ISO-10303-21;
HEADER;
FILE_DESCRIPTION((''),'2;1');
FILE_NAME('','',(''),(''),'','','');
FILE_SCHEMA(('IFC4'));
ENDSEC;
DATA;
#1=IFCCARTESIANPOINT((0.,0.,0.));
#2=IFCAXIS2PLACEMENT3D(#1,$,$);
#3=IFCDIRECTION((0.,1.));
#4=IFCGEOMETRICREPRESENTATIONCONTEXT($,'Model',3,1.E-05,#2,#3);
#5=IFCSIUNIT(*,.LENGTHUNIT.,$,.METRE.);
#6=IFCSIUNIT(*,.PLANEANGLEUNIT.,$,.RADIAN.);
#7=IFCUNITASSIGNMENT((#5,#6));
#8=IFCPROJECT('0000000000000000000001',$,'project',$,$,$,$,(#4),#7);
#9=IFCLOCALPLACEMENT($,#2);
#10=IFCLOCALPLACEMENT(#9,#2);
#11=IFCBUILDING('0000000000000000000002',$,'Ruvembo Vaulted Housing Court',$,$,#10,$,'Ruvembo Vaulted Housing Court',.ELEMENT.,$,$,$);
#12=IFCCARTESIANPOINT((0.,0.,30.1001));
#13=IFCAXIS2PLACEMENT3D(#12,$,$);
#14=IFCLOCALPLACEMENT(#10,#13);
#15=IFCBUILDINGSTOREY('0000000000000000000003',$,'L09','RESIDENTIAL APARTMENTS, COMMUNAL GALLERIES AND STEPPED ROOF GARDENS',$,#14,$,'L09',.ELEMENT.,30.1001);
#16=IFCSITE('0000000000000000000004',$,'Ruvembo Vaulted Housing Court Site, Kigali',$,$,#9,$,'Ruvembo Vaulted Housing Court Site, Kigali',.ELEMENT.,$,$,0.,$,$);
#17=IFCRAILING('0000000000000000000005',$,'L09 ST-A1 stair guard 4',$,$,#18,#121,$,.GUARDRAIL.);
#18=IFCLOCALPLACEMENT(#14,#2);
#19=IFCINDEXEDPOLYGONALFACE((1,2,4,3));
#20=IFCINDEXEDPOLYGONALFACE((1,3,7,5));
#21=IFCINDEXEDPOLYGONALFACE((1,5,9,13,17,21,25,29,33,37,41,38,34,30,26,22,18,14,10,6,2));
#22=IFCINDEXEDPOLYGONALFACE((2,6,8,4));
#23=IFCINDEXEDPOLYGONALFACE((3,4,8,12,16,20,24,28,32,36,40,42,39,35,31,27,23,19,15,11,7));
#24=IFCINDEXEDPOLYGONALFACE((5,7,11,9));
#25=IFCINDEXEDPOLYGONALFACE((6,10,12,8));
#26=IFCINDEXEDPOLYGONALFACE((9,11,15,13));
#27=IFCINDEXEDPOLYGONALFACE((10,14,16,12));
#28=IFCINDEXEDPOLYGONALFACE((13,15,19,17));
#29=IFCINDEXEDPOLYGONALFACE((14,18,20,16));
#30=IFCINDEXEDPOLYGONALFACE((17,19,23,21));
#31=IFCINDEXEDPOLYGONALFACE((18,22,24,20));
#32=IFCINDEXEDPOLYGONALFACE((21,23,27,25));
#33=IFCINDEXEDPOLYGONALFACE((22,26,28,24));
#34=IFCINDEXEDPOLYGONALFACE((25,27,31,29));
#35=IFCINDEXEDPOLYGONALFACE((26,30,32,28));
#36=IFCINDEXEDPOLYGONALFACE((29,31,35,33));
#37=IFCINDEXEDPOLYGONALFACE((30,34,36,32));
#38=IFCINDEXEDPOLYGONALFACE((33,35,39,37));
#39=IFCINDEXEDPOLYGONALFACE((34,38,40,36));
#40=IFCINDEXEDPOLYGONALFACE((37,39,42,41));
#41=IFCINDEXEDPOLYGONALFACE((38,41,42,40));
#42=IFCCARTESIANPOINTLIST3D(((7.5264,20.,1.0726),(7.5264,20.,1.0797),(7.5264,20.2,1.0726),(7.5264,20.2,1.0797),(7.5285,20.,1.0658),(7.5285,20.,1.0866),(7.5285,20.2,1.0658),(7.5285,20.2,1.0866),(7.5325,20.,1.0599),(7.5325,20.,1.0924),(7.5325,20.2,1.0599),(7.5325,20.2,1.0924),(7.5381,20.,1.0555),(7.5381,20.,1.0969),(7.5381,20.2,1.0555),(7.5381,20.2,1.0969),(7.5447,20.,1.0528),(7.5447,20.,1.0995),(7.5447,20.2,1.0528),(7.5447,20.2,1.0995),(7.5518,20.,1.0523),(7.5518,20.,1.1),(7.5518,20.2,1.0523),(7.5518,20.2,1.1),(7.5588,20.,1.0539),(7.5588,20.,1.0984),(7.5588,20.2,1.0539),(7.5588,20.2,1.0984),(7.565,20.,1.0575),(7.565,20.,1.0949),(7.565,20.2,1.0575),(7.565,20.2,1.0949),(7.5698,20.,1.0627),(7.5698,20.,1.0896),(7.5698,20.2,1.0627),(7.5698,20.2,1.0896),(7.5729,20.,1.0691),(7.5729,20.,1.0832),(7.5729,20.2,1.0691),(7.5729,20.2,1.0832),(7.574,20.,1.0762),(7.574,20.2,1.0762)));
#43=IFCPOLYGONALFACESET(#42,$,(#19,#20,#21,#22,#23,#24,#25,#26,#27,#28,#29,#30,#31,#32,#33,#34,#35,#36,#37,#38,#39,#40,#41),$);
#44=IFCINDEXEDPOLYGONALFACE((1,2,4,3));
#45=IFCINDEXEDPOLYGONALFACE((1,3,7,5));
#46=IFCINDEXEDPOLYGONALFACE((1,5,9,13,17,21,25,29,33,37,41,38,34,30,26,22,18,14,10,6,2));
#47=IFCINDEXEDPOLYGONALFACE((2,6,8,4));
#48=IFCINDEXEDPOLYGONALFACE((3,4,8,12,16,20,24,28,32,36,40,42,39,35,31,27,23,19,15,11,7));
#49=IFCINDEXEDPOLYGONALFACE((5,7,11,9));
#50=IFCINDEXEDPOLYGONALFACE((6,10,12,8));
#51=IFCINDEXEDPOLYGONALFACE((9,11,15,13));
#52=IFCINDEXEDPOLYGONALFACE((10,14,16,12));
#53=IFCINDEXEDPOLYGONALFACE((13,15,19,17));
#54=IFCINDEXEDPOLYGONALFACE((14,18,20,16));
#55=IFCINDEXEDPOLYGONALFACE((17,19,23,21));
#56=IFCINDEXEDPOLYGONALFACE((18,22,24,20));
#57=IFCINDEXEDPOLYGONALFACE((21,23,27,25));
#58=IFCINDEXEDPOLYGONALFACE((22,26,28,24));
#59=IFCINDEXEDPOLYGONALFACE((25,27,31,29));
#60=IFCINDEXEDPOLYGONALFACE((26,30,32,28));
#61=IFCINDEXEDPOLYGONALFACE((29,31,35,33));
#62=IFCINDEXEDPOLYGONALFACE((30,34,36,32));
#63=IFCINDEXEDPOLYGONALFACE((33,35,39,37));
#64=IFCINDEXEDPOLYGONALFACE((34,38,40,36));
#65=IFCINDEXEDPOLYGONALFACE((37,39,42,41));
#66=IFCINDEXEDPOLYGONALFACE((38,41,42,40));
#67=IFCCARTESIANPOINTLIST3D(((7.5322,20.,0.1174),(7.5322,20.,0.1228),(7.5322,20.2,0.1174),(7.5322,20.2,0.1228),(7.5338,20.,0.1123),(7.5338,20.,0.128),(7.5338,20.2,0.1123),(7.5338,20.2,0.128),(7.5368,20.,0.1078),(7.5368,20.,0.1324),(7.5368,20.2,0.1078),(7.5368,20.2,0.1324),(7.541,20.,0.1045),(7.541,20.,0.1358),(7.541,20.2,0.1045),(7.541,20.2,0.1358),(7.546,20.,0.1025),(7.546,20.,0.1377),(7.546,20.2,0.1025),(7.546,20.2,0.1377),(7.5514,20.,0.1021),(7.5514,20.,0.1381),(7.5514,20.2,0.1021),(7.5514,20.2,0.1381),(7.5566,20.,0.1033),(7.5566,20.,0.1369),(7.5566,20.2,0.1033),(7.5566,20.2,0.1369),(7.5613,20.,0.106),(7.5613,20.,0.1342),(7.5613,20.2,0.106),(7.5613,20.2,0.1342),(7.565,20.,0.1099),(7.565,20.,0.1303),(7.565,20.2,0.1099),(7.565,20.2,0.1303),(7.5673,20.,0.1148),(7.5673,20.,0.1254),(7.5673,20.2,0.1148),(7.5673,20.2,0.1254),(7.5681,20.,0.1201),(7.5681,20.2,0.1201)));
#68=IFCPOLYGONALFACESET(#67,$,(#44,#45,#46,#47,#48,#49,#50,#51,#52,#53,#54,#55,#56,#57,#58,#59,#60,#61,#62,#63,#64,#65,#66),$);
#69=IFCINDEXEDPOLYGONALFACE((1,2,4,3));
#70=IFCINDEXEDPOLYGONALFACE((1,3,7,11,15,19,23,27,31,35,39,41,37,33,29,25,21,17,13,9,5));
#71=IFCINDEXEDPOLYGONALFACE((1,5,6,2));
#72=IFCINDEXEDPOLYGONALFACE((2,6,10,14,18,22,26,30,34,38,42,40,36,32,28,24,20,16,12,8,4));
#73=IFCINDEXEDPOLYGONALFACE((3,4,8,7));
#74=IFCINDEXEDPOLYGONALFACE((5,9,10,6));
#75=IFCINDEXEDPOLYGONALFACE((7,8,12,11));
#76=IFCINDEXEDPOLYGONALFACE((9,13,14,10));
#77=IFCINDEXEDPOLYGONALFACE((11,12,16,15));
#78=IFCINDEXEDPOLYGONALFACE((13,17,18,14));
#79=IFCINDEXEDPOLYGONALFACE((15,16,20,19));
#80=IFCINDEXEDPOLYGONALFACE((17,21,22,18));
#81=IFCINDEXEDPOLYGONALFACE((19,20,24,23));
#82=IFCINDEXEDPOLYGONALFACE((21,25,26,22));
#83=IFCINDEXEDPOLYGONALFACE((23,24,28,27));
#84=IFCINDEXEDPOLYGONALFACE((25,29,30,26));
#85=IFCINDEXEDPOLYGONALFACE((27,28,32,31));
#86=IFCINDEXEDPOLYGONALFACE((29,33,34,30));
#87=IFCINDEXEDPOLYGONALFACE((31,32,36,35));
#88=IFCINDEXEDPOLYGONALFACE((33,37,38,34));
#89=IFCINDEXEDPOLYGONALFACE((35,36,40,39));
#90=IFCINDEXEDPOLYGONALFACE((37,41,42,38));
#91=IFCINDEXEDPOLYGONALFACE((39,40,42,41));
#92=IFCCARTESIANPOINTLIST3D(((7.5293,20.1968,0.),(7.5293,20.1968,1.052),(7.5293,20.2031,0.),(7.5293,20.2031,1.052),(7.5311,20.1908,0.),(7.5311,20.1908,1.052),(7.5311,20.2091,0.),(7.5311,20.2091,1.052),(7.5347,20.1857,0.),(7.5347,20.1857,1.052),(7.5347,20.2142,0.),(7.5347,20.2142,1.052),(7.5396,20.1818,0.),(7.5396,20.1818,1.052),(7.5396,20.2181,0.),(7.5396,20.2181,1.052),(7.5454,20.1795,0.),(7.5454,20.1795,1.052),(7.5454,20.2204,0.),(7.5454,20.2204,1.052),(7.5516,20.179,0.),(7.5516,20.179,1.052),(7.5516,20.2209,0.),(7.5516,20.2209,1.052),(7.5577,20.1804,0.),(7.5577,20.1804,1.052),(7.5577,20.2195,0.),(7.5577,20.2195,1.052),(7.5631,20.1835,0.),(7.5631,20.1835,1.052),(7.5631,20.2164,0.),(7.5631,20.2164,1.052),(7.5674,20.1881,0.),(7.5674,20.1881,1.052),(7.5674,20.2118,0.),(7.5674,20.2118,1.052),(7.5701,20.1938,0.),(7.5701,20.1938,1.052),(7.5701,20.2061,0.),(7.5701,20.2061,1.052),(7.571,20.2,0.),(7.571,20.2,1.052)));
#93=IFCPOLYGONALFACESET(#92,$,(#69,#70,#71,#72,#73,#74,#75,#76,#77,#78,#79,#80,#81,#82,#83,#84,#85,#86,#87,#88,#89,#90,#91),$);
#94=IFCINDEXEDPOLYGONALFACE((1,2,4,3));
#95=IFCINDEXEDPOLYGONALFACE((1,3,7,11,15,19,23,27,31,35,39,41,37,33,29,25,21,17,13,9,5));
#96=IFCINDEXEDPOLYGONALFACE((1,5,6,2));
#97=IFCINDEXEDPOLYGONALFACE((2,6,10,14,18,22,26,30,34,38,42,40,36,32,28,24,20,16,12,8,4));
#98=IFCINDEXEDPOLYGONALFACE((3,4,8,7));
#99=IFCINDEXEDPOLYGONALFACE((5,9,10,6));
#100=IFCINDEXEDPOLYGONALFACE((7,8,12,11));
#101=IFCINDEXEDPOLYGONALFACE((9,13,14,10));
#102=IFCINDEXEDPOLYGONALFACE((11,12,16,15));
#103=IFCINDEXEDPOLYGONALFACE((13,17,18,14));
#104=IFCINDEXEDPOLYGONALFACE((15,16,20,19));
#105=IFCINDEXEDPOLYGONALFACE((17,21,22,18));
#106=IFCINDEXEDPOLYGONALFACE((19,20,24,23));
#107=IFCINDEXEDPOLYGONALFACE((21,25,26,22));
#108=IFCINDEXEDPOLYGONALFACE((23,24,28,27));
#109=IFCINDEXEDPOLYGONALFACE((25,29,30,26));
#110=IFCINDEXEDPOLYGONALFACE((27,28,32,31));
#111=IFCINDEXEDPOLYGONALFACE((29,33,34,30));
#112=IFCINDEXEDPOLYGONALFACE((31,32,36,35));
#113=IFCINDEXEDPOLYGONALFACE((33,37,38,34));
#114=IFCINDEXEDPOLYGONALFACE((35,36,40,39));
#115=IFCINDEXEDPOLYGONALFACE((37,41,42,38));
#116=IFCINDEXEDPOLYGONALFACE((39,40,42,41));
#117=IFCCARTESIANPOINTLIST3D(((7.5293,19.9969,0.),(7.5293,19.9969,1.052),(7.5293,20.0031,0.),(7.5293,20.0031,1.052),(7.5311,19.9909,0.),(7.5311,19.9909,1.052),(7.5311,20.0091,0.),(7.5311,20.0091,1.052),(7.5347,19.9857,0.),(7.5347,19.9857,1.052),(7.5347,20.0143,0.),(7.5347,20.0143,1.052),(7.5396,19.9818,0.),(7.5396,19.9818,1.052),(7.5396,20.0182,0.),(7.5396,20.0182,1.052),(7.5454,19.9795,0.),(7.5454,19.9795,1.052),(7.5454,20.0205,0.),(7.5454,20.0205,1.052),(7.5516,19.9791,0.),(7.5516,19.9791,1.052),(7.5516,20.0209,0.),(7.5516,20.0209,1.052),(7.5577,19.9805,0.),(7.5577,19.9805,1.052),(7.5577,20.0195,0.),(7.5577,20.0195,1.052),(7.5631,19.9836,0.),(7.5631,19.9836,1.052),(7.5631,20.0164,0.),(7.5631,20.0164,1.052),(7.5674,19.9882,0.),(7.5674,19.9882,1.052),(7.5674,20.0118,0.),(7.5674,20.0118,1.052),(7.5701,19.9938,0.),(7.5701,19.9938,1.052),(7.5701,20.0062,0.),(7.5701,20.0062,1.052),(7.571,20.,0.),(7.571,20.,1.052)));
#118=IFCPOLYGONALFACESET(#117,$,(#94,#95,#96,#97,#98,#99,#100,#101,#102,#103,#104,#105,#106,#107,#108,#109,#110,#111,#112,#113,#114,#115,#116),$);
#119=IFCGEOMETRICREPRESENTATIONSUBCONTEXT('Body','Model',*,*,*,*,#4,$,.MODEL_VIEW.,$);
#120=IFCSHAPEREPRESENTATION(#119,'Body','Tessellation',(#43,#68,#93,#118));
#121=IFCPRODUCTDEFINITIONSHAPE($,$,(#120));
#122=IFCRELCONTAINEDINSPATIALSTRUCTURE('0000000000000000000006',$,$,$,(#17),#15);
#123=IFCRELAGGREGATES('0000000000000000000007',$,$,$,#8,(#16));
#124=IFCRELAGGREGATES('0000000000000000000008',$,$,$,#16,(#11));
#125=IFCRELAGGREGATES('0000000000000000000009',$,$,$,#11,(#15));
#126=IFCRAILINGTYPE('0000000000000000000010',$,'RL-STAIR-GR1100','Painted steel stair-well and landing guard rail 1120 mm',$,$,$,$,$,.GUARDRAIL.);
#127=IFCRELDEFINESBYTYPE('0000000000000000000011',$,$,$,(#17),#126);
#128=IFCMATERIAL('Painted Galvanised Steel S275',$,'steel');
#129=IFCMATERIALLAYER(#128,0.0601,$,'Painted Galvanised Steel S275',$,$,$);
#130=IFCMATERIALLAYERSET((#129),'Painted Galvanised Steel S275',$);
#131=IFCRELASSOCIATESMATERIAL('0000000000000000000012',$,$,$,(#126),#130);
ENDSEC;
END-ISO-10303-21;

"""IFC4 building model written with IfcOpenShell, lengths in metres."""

from ifc_helpers import new_model, si_unit, direction, frame, origin, origin_2d, place, context, subcontext, project, spatial, circle, extrude, material, layer, layer_set, type_object, element, save


model = new_model("IFC4")

# Units and contexts
model_context = context("Model", 3, precision=1e-05, world=origin(), true_north=direction((0.0, 1.0)))
body_context = subcontext(model_context, "Body", "Model", "MODEL_VIEW")
ifc_project = project(units=[si_unit("LENGTHUNIT", "METRE"), si_unit("PLANEANGLEUNIT", "RADIAN")], contexts=[model_context])

# Site, building, storey
site_placement = place(None, origin())
site = spatial("IfcSite", under=ifc_project, at=site_placement, Name="Ruvembo Vaulted Housing Court Site, Kigali", LongName="Ruvembo Vaulted Housing Court Site, Kigali", CompositionType="ELEMENT", RefElevation=0.0)
building_placement = place(site_placement, origin())
building = spatial("IfcBuilding", under=site, at=building_placement, Name="Ruvembo Vaulted Housing Court", LongName="Ruvembo Vaulted Housing Court", CompositionType="ELEMENT")
storey_placement = place(building_placement, frame((0.0, 0.0, 30.1001)))
storey = spatial("IfcBuildingStorey", under=building, at=storey_placement, Name="L09", Description="RESIDENTIAL APARTMENTS, COMMUNAL GALLERIES AND STEPPED ROOF GARDENS", LongName="L09", CompositionType="ELEMENT", Elevation=30.1001)

# Railing
ifc_material_1 = material(Name="Painted Galvanised Steel S275", Category="steel")
ifc_layer_1 = layer(ifc_material_1, 0.0601, Name="Painted Galvanised Steel S275")
ifc_layer_set_1 = layer_set([ifc_layer_1], Name="Painted Galvanised Steel S275")
railing_type_1 = type_object("IfcRailingType", Name="RL-STAIR-GR1100", Description="Painted steel stair-well and landing guard rail 1120 mm", PredefinedType="GUARDRAIL", material=ifc_layer_set_1)
railing_1_placement = place(storey_placement, frame((7.55, 20.2, 0.0)))
element("IfcRailing", 1, at=railing_1_placement, inside=storey, type_object=railing_type_1, Name="L09 ST-A1 stair guard 4", PredefinedType="GUARDRAIL", context=body_context, shape_type="SweptSolid", body=[
    extrude(circle(Radius=0.0239, at=origin_2d()), frame((0.0, 0.0, 1.0762), z_axis=(0.0, -1.0, 0.0), x_axis=(1.0, 0.0, 0.0)), (0.0, 0.0, 1.0), 0.2),
    extrude(circle(Radius=0.0181, at=origin_2d()), frame((0.0, 0.0, 0.1201), z_axis=(0.0, -1.0, 0.0), x_axis=(1.0, 0.0, 0.0)), (0.0, 0.0, 1.0), 0.2),
    extrude(circle(Radius=0.021, at=origin_2d()), origin(), (0.0, 0.0, 1.0), 1.052),
    extrude(circle(Radius=0.021, at=origin_2d()), frame((0.0, -0.2, 0.0)), (0.0, 0.0, 1.0), 1.052),
])

save(model, "model.ifc")
